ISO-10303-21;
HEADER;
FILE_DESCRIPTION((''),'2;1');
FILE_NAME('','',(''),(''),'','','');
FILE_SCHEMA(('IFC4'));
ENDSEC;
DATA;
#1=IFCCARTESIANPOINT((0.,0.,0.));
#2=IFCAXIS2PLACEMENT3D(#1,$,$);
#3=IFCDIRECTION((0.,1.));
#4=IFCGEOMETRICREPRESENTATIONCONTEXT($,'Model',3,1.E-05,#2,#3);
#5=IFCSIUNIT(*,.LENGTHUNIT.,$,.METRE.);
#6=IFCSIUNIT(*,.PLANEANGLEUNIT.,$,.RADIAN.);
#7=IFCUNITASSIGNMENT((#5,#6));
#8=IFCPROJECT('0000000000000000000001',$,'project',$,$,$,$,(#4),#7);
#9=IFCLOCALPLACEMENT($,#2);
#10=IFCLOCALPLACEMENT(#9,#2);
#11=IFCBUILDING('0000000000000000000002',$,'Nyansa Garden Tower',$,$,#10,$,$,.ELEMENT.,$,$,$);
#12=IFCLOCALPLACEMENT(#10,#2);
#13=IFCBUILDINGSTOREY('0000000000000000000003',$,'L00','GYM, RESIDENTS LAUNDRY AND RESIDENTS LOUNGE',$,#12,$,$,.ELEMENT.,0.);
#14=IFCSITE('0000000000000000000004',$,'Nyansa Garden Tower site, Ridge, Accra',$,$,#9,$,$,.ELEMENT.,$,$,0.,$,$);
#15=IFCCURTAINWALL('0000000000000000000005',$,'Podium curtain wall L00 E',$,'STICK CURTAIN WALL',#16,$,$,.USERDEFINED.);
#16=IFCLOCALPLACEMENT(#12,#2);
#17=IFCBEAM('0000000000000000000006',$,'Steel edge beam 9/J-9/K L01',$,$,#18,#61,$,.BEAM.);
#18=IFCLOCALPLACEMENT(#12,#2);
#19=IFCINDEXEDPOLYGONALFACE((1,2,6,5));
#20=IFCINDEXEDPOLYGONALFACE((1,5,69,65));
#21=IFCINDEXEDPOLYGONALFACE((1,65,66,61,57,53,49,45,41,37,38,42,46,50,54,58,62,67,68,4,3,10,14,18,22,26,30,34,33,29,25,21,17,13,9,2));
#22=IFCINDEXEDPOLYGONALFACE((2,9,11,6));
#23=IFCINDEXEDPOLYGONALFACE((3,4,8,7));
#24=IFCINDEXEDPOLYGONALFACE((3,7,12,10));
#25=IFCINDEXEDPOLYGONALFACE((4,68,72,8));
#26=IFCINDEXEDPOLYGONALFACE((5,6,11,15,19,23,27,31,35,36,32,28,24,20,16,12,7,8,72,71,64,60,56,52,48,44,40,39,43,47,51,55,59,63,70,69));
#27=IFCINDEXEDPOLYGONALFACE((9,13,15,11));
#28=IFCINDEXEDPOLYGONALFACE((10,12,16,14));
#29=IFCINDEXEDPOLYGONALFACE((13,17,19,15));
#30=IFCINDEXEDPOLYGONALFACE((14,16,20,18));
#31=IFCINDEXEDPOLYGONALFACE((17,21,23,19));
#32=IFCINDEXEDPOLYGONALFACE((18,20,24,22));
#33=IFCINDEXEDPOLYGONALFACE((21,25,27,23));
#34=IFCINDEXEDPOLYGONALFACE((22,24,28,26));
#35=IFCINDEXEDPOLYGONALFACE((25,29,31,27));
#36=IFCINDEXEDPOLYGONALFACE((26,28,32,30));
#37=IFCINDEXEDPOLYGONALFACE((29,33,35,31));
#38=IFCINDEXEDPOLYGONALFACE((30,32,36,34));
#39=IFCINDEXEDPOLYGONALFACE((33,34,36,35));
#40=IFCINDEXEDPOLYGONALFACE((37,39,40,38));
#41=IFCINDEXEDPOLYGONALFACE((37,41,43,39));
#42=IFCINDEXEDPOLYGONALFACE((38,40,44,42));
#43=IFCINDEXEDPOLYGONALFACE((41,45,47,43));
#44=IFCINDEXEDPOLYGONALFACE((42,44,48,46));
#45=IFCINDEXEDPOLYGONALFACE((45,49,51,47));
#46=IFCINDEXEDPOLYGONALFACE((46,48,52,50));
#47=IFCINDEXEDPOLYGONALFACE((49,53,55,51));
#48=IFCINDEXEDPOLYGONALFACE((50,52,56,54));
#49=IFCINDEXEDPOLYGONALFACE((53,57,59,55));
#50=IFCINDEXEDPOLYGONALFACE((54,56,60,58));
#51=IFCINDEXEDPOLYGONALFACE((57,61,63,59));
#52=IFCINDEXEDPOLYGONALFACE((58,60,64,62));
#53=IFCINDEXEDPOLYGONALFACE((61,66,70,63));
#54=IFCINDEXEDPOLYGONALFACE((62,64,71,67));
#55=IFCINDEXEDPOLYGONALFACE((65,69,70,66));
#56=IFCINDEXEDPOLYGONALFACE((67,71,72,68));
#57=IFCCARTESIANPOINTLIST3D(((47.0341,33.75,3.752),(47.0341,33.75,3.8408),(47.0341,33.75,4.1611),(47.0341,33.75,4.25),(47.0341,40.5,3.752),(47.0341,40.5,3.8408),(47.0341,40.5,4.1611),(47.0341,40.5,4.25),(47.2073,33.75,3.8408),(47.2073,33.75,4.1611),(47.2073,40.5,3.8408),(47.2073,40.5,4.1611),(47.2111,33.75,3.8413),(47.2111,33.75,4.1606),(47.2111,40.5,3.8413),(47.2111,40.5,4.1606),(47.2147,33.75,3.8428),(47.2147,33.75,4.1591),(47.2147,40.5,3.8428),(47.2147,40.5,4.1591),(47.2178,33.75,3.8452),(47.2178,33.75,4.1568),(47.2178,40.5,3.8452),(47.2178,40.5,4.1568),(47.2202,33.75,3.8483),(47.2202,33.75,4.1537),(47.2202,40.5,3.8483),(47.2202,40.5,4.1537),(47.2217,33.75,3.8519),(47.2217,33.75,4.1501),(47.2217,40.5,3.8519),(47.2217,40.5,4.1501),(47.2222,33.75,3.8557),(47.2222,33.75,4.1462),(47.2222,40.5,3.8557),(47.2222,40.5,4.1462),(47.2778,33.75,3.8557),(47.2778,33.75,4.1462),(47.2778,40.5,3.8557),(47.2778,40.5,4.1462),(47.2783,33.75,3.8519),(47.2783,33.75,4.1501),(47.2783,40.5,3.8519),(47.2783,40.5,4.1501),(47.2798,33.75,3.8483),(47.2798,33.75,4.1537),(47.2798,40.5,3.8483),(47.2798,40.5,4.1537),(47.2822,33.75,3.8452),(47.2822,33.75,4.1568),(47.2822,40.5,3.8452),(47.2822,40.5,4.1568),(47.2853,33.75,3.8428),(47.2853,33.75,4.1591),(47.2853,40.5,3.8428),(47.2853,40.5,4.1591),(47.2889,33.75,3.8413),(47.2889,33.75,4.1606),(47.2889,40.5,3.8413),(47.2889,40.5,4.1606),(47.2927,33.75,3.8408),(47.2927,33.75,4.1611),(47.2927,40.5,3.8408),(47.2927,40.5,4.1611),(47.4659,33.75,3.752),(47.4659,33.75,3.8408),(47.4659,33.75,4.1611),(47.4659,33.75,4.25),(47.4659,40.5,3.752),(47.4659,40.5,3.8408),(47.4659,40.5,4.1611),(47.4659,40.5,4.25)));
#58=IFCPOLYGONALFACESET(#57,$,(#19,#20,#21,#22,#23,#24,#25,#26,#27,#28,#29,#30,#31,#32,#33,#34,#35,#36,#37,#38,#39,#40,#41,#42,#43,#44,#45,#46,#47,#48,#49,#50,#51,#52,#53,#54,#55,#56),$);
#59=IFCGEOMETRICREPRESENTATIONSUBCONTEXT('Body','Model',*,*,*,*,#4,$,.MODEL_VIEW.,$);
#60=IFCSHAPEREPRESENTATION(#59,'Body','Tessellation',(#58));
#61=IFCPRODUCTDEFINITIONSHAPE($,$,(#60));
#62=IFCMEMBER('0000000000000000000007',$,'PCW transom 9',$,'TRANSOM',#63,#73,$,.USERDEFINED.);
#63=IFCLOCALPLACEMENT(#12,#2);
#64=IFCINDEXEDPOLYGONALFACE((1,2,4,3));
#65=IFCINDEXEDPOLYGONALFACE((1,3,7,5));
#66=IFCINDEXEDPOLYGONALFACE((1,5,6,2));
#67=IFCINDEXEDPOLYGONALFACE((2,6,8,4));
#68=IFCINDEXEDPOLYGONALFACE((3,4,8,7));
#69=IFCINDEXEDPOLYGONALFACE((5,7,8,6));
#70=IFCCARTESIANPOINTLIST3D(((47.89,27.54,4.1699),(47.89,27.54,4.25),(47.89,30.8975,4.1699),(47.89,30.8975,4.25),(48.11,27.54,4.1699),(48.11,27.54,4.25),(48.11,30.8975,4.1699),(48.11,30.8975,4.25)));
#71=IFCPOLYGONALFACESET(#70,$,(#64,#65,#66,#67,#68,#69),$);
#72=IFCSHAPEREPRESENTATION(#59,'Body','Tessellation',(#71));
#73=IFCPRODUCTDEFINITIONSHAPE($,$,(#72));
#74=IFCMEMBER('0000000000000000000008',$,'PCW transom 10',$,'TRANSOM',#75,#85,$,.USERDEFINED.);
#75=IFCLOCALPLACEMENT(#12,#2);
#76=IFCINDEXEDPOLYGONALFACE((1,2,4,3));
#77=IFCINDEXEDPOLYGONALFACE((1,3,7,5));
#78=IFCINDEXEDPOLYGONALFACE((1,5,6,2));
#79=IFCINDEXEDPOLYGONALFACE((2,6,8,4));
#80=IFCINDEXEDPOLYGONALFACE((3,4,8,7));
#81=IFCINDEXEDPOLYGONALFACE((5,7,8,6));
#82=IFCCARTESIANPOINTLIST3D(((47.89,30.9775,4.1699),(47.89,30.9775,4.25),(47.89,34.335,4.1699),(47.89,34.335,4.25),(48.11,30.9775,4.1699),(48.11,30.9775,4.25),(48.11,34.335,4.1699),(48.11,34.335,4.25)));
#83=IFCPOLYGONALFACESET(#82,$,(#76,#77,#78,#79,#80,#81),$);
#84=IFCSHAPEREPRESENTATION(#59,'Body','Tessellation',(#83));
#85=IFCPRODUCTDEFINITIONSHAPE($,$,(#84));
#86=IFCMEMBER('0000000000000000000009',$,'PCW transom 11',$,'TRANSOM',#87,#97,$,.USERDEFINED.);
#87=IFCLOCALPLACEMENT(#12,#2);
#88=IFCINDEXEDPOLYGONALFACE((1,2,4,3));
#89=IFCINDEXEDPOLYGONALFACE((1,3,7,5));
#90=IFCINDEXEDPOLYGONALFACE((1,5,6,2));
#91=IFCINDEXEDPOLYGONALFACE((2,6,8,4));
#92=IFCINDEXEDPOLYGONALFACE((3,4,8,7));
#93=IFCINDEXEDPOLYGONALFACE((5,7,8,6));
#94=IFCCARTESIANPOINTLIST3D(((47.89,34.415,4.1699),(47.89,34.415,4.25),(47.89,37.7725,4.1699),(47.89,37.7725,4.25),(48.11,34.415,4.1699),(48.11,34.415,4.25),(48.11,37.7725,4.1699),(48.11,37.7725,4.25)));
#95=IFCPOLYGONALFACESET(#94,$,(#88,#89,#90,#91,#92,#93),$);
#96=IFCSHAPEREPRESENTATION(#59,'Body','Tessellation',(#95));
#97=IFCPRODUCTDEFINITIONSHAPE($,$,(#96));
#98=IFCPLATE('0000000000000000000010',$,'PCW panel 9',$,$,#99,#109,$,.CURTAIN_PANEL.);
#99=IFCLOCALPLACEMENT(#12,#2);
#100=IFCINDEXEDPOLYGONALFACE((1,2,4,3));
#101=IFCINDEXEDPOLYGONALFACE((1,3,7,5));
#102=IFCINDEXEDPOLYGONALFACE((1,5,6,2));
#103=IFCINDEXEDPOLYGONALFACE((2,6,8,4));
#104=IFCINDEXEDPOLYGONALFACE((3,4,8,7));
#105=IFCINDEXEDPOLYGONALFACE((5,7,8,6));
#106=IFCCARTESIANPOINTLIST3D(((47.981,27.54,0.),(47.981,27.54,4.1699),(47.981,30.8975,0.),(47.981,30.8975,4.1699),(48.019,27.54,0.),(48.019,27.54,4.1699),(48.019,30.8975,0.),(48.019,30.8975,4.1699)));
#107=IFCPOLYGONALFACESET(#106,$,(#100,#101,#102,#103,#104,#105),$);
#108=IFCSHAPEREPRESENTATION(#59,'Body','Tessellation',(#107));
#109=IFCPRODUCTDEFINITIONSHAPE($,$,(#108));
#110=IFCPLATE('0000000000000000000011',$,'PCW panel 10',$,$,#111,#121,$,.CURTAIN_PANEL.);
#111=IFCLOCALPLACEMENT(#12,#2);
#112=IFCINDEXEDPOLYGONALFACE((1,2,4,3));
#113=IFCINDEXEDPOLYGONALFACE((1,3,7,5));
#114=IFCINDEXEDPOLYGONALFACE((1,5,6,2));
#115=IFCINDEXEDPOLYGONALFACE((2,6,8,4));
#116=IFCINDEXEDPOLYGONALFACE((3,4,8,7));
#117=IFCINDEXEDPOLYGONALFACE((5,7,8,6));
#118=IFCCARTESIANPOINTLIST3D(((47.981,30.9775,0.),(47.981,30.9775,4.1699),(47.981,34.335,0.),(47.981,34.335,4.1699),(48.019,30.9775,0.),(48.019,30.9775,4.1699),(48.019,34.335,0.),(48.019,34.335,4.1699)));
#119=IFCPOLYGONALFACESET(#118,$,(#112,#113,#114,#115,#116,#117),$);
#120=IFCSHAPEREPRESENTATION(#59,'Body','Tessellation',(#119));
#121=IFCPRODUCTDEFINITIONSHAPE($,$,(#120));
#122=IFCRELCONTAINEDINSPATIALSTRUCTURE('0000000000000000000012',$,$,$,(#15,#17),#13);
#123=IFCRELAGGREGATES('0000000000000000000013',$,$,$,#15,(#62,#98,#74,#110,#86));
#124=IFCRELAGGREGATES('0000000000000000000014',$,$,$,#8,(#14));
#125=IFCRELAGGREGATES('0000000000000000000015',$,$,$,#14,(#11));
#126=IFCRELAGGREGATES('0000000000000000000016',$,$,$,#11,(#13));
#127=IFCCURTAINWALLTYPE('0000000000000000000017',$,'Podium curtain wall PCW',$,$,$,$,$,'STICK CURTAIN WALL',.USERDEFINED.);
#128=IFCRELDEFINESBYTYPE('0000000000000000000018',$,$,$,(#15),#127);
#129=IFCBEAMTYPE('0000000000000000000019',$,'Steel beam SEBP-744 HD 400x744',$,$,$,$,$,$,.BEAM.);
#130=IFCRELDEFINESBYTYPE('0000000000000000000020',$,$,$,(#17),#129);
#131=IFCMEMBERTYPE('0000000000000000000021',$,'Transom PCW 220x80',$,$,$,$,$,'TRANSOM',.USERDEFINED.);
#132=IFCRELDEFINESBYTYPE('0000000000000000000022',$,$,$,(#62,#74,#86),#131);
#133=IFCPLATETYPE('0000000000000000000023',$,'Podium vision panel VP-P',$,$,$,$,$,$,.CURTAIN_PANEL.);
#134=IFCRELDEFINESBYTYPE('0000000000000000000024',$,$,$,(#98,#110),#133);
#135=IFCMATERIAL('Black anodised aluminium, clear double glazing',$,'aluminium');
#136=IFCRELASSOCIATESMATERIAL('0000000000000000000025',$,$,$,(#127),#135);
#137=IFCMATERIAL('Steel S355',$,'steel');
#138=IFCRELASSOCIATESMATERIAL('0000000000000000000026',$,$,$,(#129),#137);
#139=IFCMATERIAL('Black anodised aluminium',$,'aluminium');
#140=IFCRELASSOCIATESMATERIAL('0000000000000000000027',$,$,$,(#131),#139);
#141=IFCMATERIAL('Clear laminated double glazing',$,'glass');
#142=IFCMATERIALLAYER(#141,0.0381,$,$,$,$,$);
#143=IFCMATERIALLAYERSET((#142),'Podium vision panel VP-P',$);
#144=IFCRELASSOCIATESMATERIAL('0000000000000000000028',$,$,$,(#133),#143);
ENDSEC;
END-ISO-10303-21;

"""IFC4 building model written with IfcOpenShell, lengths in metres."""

from ifc_helpers import new_model, si_unit, direction, frame, origin, origin_2d, place, context, subcontext, project, spatial, rectangle, i_section, extrude, material, layer, layer_set, material_profile, profile_set, type_object, element, aggregate, save


model = new_model("IFC4")

# Units and contexts
model_context = context("Model", 3, precision=1e-05, world=origin(), true_north=direction((0.0, 1.0)))
body_context = subcontext(model_context, "Body", "Model", "MODEL_VIEW")
ifc_project = project(units=[si_unit("LENGTHUNIT", "METRE"), si_unit("PLANEANGLEUNIT", "RADIAN")], contexts=[model_context])

# Site, building, storey
site_placement = place(None, origin())
site = spatial("IfcSite", under=ifc_project, at=site_placement, Name="Nyansa Garden Tower site, Ridge, Accra", CompositionType="ELEMENT", RefElevation=0.0)
building_placement = place(site_placement, origin())
building = spatial("IfcBuilding", under=site, at=building_placement, Name="Nyansa Garden Tower", CompositionType="ELEMENT")
storey_placement = place(building_placement, origin())
storey = spatial("IfcBuildingStorey", under=building, at=storey_placement, Name="L00", Description="GYM, RESIDENTS LAUNDRY AND RESIDENTS LOUNGE", CompositionType="ELEMENT", Elevation=0.0)

# Curtain wall
ifc_material_1 = material(Name="Black anodised aluminium, clear double glazing", Category="aluminium")
curtain_wall_type = type_object("IfcCurtainWallType", Name="Podium curtain wall PCW", ElementType="STICK CURTAIN WALL", PredefinedType="USERDEFINED", material=ifc_material_1)
curtain_wall_placement = place(storey_placement, origin())
curtain_wall = element("IfcCurtainWall", 1, at=curtain_wall_placement, inside=storey, type_object=curtain_wall_type, Name="Podium curtain wall L00 E", ObjectType="STICK CURTAIN WALL", PredefinedType="USERDEFINED")

# Beam
ifc_material_2 = material(Name="Steel S355", Category="steel")
ifc_material_profile_1 = material_profile(ifc_material_2, i_section(OverallWidth=0.4319, OverallDepth=0.498, WebThickness=0.0557, FlangeThickness=0.0889, FilletRadius=0.0149, at=origin_2d()), Name="HD 400x744")
ifc_profile_set_1 = profile_set([ifc_material_profile_1], Name="Steel S355")
beam_type_1 = type_object("IfcBeamType", Name="Steel beam SEBP-744 HD 400x744", PredefinedType="BEAM", material=ifc_profile_set_1)
for number, where, z_axis, x_axis, name in (
    (2, (47.25, 33.75, 4.001), (0.0, 1.0, 0.0), (-1.0, 0.0, 0.0), "Steel edge beam 9/J-9/K L01"),
):
    element("IfcBeam", number, at=place(storey_placement, frame(where, z_axis=z_axis, x_axis=x_axis)), inside=storey, type_object=beam_type_1, Name=name, PredefinedType="BEAM", context=body_context, shape_type="SweptSolid", body=[
        extrude(i_section(OverallWidth=0.4319, OverallDepth=0.498, WebThickness=0.0557, FlangeThickness=0.0889, FilletRadius=0.0149, at=origin_2d()), origin(), (0.0, 0.0, 1.0), 6.75),
    ])

# Members
ifc_material_3 = material(Name="Black anodised aluminium", Category="aluminium")
ifc_material_profile_2 = material_profile(ifc_material_3, rectangle(XDim=0.22, YDim=0.0801, at=origin_2d()), Name="Transom 220x80")
ifc_profile_set_2 = profile_set([ifc_material_profile_2], Name="Black anodised aluminium")
member_type_1 = type_object("IfcMemberType", Name="Transom PCW 220x80", ElementType="TRANSOM", PredefinedType="USERDEFINED", material=ifc_profile_set_2)
member_1_placement = place(storey_placement, frame((48.0, 27.54, 4.21), z_axis=(0.0, 1.0, 0.0), x_axis=(-1.0, 0.0, 0.0)))
member_1 = element("IfcMember", 3, at=member_1_placement, type_object=member_type_1, Name="PCW transom 9", ObjectType="TRANSOM", PredefinedType="USERDEFINED", context=body_context, shape_type="SweptSolid", body=[
    extrude(rectangle(XDim=0.22, YDim=0.0801, at=origin_2d()), origin(), (0.0, 0.0, 1.0), 3.3574),
])
member_2_placement = place(storey_placement, frame((48.0, 30.9775, 4.21), z_axis=(0.0, 1.0, 0.0), x_axis=(-1.0, 0.0, 0.0)))
member_2 = element("IfcMember", 4, at=member_2_placement, type_object=member_type_1, Name="PCW transom 10", ObjectType="TRANSOM", PredefinedType="USERDEFINED", context=body_context, shape_type="SweptSolid", body=[
    extrude(rectangle(XDim=0.22, YDim=0.0801, at=origin_2d()), origin(), (0.0, 0.0, 1.0), 3.3574),
])
member_3_placement = place(storey_placement, frame((48.0, 34.415, 4.21), z_axis=(0.0, 1.0, 0.0), x_axis=(-1.0, 0.0, 0.0)))
member_3 = element("IfcMember", 5, at=member_3_placement, type_object=member_type_1, Name="PCW transom 11", ObjectType="TRANSOM", PredefinedType="USERDEFINED", context=body_context, shape_type="SweptSolid", body=[
    extrude(rectangle(XDim=0.22, YDim=0.0801, at=origin_2d()), origin(), (0.0, 0.0, 1.0), 3.3574),
])

# Plates
ifc_material_4 = material(Name="Clear laminated double glazing", Category="glass")
ifc_layer = layer(ifc_material_4, 0.0381)
ifc_layer_set = layer_set([ifc_layer], Name="Podium vision panel VP-P")
plate_type = type_object("IfcPlateType", Name="Podium vision panel VP-P", PredefinedType="CURTAIN_PANEL", material=ifc_layer_set)
plate_1_placement = place(storey_placement, frame((48.0, 29.2188, 0.0), z_axis=(0.0, 0.0, 1.0), x_axis=(0.0, 1.0, 0.0)))
plate_1 = element("IfcPlate", 6, at=plate_1_placement, type_object=plate_type, Name="PCW panel 9", PredefinedType="CURTAIN_PANEL", context=body_context, shape_type="SweptSolid", body=[
    extrude(rectangle(XDim=3.3574, YDim=0.0381, at=origin_2d()), origin(), (0.0, 0.0, 1.0), 4.1699),
])
plate_2_placement = place(storey_placement, frame((48.0, 32.6562, 0.0), z_axis=(0.0, 0.0, 1.0), x_axis=(0.0, 1.0, 0.0)))
plate_2 = element("IfcPlate", 7, at=plate_2_placement, type_object=plate_type, Name="PCW panel 10", PredefinedType="CURTAIN_PANEL", context=body_context, shape_type="SweptSolid", body=[
    extrude(rectangle(XDim=3.3574, YDim=0.0381, at=origin_2d()), origin(), (0.0, 0.0, 1.0), 4.1699),
])
aggregate(curtain_wall, [member_1, plate_1, member_2, plate_2, member_3])

save(model, "model.ifc")
